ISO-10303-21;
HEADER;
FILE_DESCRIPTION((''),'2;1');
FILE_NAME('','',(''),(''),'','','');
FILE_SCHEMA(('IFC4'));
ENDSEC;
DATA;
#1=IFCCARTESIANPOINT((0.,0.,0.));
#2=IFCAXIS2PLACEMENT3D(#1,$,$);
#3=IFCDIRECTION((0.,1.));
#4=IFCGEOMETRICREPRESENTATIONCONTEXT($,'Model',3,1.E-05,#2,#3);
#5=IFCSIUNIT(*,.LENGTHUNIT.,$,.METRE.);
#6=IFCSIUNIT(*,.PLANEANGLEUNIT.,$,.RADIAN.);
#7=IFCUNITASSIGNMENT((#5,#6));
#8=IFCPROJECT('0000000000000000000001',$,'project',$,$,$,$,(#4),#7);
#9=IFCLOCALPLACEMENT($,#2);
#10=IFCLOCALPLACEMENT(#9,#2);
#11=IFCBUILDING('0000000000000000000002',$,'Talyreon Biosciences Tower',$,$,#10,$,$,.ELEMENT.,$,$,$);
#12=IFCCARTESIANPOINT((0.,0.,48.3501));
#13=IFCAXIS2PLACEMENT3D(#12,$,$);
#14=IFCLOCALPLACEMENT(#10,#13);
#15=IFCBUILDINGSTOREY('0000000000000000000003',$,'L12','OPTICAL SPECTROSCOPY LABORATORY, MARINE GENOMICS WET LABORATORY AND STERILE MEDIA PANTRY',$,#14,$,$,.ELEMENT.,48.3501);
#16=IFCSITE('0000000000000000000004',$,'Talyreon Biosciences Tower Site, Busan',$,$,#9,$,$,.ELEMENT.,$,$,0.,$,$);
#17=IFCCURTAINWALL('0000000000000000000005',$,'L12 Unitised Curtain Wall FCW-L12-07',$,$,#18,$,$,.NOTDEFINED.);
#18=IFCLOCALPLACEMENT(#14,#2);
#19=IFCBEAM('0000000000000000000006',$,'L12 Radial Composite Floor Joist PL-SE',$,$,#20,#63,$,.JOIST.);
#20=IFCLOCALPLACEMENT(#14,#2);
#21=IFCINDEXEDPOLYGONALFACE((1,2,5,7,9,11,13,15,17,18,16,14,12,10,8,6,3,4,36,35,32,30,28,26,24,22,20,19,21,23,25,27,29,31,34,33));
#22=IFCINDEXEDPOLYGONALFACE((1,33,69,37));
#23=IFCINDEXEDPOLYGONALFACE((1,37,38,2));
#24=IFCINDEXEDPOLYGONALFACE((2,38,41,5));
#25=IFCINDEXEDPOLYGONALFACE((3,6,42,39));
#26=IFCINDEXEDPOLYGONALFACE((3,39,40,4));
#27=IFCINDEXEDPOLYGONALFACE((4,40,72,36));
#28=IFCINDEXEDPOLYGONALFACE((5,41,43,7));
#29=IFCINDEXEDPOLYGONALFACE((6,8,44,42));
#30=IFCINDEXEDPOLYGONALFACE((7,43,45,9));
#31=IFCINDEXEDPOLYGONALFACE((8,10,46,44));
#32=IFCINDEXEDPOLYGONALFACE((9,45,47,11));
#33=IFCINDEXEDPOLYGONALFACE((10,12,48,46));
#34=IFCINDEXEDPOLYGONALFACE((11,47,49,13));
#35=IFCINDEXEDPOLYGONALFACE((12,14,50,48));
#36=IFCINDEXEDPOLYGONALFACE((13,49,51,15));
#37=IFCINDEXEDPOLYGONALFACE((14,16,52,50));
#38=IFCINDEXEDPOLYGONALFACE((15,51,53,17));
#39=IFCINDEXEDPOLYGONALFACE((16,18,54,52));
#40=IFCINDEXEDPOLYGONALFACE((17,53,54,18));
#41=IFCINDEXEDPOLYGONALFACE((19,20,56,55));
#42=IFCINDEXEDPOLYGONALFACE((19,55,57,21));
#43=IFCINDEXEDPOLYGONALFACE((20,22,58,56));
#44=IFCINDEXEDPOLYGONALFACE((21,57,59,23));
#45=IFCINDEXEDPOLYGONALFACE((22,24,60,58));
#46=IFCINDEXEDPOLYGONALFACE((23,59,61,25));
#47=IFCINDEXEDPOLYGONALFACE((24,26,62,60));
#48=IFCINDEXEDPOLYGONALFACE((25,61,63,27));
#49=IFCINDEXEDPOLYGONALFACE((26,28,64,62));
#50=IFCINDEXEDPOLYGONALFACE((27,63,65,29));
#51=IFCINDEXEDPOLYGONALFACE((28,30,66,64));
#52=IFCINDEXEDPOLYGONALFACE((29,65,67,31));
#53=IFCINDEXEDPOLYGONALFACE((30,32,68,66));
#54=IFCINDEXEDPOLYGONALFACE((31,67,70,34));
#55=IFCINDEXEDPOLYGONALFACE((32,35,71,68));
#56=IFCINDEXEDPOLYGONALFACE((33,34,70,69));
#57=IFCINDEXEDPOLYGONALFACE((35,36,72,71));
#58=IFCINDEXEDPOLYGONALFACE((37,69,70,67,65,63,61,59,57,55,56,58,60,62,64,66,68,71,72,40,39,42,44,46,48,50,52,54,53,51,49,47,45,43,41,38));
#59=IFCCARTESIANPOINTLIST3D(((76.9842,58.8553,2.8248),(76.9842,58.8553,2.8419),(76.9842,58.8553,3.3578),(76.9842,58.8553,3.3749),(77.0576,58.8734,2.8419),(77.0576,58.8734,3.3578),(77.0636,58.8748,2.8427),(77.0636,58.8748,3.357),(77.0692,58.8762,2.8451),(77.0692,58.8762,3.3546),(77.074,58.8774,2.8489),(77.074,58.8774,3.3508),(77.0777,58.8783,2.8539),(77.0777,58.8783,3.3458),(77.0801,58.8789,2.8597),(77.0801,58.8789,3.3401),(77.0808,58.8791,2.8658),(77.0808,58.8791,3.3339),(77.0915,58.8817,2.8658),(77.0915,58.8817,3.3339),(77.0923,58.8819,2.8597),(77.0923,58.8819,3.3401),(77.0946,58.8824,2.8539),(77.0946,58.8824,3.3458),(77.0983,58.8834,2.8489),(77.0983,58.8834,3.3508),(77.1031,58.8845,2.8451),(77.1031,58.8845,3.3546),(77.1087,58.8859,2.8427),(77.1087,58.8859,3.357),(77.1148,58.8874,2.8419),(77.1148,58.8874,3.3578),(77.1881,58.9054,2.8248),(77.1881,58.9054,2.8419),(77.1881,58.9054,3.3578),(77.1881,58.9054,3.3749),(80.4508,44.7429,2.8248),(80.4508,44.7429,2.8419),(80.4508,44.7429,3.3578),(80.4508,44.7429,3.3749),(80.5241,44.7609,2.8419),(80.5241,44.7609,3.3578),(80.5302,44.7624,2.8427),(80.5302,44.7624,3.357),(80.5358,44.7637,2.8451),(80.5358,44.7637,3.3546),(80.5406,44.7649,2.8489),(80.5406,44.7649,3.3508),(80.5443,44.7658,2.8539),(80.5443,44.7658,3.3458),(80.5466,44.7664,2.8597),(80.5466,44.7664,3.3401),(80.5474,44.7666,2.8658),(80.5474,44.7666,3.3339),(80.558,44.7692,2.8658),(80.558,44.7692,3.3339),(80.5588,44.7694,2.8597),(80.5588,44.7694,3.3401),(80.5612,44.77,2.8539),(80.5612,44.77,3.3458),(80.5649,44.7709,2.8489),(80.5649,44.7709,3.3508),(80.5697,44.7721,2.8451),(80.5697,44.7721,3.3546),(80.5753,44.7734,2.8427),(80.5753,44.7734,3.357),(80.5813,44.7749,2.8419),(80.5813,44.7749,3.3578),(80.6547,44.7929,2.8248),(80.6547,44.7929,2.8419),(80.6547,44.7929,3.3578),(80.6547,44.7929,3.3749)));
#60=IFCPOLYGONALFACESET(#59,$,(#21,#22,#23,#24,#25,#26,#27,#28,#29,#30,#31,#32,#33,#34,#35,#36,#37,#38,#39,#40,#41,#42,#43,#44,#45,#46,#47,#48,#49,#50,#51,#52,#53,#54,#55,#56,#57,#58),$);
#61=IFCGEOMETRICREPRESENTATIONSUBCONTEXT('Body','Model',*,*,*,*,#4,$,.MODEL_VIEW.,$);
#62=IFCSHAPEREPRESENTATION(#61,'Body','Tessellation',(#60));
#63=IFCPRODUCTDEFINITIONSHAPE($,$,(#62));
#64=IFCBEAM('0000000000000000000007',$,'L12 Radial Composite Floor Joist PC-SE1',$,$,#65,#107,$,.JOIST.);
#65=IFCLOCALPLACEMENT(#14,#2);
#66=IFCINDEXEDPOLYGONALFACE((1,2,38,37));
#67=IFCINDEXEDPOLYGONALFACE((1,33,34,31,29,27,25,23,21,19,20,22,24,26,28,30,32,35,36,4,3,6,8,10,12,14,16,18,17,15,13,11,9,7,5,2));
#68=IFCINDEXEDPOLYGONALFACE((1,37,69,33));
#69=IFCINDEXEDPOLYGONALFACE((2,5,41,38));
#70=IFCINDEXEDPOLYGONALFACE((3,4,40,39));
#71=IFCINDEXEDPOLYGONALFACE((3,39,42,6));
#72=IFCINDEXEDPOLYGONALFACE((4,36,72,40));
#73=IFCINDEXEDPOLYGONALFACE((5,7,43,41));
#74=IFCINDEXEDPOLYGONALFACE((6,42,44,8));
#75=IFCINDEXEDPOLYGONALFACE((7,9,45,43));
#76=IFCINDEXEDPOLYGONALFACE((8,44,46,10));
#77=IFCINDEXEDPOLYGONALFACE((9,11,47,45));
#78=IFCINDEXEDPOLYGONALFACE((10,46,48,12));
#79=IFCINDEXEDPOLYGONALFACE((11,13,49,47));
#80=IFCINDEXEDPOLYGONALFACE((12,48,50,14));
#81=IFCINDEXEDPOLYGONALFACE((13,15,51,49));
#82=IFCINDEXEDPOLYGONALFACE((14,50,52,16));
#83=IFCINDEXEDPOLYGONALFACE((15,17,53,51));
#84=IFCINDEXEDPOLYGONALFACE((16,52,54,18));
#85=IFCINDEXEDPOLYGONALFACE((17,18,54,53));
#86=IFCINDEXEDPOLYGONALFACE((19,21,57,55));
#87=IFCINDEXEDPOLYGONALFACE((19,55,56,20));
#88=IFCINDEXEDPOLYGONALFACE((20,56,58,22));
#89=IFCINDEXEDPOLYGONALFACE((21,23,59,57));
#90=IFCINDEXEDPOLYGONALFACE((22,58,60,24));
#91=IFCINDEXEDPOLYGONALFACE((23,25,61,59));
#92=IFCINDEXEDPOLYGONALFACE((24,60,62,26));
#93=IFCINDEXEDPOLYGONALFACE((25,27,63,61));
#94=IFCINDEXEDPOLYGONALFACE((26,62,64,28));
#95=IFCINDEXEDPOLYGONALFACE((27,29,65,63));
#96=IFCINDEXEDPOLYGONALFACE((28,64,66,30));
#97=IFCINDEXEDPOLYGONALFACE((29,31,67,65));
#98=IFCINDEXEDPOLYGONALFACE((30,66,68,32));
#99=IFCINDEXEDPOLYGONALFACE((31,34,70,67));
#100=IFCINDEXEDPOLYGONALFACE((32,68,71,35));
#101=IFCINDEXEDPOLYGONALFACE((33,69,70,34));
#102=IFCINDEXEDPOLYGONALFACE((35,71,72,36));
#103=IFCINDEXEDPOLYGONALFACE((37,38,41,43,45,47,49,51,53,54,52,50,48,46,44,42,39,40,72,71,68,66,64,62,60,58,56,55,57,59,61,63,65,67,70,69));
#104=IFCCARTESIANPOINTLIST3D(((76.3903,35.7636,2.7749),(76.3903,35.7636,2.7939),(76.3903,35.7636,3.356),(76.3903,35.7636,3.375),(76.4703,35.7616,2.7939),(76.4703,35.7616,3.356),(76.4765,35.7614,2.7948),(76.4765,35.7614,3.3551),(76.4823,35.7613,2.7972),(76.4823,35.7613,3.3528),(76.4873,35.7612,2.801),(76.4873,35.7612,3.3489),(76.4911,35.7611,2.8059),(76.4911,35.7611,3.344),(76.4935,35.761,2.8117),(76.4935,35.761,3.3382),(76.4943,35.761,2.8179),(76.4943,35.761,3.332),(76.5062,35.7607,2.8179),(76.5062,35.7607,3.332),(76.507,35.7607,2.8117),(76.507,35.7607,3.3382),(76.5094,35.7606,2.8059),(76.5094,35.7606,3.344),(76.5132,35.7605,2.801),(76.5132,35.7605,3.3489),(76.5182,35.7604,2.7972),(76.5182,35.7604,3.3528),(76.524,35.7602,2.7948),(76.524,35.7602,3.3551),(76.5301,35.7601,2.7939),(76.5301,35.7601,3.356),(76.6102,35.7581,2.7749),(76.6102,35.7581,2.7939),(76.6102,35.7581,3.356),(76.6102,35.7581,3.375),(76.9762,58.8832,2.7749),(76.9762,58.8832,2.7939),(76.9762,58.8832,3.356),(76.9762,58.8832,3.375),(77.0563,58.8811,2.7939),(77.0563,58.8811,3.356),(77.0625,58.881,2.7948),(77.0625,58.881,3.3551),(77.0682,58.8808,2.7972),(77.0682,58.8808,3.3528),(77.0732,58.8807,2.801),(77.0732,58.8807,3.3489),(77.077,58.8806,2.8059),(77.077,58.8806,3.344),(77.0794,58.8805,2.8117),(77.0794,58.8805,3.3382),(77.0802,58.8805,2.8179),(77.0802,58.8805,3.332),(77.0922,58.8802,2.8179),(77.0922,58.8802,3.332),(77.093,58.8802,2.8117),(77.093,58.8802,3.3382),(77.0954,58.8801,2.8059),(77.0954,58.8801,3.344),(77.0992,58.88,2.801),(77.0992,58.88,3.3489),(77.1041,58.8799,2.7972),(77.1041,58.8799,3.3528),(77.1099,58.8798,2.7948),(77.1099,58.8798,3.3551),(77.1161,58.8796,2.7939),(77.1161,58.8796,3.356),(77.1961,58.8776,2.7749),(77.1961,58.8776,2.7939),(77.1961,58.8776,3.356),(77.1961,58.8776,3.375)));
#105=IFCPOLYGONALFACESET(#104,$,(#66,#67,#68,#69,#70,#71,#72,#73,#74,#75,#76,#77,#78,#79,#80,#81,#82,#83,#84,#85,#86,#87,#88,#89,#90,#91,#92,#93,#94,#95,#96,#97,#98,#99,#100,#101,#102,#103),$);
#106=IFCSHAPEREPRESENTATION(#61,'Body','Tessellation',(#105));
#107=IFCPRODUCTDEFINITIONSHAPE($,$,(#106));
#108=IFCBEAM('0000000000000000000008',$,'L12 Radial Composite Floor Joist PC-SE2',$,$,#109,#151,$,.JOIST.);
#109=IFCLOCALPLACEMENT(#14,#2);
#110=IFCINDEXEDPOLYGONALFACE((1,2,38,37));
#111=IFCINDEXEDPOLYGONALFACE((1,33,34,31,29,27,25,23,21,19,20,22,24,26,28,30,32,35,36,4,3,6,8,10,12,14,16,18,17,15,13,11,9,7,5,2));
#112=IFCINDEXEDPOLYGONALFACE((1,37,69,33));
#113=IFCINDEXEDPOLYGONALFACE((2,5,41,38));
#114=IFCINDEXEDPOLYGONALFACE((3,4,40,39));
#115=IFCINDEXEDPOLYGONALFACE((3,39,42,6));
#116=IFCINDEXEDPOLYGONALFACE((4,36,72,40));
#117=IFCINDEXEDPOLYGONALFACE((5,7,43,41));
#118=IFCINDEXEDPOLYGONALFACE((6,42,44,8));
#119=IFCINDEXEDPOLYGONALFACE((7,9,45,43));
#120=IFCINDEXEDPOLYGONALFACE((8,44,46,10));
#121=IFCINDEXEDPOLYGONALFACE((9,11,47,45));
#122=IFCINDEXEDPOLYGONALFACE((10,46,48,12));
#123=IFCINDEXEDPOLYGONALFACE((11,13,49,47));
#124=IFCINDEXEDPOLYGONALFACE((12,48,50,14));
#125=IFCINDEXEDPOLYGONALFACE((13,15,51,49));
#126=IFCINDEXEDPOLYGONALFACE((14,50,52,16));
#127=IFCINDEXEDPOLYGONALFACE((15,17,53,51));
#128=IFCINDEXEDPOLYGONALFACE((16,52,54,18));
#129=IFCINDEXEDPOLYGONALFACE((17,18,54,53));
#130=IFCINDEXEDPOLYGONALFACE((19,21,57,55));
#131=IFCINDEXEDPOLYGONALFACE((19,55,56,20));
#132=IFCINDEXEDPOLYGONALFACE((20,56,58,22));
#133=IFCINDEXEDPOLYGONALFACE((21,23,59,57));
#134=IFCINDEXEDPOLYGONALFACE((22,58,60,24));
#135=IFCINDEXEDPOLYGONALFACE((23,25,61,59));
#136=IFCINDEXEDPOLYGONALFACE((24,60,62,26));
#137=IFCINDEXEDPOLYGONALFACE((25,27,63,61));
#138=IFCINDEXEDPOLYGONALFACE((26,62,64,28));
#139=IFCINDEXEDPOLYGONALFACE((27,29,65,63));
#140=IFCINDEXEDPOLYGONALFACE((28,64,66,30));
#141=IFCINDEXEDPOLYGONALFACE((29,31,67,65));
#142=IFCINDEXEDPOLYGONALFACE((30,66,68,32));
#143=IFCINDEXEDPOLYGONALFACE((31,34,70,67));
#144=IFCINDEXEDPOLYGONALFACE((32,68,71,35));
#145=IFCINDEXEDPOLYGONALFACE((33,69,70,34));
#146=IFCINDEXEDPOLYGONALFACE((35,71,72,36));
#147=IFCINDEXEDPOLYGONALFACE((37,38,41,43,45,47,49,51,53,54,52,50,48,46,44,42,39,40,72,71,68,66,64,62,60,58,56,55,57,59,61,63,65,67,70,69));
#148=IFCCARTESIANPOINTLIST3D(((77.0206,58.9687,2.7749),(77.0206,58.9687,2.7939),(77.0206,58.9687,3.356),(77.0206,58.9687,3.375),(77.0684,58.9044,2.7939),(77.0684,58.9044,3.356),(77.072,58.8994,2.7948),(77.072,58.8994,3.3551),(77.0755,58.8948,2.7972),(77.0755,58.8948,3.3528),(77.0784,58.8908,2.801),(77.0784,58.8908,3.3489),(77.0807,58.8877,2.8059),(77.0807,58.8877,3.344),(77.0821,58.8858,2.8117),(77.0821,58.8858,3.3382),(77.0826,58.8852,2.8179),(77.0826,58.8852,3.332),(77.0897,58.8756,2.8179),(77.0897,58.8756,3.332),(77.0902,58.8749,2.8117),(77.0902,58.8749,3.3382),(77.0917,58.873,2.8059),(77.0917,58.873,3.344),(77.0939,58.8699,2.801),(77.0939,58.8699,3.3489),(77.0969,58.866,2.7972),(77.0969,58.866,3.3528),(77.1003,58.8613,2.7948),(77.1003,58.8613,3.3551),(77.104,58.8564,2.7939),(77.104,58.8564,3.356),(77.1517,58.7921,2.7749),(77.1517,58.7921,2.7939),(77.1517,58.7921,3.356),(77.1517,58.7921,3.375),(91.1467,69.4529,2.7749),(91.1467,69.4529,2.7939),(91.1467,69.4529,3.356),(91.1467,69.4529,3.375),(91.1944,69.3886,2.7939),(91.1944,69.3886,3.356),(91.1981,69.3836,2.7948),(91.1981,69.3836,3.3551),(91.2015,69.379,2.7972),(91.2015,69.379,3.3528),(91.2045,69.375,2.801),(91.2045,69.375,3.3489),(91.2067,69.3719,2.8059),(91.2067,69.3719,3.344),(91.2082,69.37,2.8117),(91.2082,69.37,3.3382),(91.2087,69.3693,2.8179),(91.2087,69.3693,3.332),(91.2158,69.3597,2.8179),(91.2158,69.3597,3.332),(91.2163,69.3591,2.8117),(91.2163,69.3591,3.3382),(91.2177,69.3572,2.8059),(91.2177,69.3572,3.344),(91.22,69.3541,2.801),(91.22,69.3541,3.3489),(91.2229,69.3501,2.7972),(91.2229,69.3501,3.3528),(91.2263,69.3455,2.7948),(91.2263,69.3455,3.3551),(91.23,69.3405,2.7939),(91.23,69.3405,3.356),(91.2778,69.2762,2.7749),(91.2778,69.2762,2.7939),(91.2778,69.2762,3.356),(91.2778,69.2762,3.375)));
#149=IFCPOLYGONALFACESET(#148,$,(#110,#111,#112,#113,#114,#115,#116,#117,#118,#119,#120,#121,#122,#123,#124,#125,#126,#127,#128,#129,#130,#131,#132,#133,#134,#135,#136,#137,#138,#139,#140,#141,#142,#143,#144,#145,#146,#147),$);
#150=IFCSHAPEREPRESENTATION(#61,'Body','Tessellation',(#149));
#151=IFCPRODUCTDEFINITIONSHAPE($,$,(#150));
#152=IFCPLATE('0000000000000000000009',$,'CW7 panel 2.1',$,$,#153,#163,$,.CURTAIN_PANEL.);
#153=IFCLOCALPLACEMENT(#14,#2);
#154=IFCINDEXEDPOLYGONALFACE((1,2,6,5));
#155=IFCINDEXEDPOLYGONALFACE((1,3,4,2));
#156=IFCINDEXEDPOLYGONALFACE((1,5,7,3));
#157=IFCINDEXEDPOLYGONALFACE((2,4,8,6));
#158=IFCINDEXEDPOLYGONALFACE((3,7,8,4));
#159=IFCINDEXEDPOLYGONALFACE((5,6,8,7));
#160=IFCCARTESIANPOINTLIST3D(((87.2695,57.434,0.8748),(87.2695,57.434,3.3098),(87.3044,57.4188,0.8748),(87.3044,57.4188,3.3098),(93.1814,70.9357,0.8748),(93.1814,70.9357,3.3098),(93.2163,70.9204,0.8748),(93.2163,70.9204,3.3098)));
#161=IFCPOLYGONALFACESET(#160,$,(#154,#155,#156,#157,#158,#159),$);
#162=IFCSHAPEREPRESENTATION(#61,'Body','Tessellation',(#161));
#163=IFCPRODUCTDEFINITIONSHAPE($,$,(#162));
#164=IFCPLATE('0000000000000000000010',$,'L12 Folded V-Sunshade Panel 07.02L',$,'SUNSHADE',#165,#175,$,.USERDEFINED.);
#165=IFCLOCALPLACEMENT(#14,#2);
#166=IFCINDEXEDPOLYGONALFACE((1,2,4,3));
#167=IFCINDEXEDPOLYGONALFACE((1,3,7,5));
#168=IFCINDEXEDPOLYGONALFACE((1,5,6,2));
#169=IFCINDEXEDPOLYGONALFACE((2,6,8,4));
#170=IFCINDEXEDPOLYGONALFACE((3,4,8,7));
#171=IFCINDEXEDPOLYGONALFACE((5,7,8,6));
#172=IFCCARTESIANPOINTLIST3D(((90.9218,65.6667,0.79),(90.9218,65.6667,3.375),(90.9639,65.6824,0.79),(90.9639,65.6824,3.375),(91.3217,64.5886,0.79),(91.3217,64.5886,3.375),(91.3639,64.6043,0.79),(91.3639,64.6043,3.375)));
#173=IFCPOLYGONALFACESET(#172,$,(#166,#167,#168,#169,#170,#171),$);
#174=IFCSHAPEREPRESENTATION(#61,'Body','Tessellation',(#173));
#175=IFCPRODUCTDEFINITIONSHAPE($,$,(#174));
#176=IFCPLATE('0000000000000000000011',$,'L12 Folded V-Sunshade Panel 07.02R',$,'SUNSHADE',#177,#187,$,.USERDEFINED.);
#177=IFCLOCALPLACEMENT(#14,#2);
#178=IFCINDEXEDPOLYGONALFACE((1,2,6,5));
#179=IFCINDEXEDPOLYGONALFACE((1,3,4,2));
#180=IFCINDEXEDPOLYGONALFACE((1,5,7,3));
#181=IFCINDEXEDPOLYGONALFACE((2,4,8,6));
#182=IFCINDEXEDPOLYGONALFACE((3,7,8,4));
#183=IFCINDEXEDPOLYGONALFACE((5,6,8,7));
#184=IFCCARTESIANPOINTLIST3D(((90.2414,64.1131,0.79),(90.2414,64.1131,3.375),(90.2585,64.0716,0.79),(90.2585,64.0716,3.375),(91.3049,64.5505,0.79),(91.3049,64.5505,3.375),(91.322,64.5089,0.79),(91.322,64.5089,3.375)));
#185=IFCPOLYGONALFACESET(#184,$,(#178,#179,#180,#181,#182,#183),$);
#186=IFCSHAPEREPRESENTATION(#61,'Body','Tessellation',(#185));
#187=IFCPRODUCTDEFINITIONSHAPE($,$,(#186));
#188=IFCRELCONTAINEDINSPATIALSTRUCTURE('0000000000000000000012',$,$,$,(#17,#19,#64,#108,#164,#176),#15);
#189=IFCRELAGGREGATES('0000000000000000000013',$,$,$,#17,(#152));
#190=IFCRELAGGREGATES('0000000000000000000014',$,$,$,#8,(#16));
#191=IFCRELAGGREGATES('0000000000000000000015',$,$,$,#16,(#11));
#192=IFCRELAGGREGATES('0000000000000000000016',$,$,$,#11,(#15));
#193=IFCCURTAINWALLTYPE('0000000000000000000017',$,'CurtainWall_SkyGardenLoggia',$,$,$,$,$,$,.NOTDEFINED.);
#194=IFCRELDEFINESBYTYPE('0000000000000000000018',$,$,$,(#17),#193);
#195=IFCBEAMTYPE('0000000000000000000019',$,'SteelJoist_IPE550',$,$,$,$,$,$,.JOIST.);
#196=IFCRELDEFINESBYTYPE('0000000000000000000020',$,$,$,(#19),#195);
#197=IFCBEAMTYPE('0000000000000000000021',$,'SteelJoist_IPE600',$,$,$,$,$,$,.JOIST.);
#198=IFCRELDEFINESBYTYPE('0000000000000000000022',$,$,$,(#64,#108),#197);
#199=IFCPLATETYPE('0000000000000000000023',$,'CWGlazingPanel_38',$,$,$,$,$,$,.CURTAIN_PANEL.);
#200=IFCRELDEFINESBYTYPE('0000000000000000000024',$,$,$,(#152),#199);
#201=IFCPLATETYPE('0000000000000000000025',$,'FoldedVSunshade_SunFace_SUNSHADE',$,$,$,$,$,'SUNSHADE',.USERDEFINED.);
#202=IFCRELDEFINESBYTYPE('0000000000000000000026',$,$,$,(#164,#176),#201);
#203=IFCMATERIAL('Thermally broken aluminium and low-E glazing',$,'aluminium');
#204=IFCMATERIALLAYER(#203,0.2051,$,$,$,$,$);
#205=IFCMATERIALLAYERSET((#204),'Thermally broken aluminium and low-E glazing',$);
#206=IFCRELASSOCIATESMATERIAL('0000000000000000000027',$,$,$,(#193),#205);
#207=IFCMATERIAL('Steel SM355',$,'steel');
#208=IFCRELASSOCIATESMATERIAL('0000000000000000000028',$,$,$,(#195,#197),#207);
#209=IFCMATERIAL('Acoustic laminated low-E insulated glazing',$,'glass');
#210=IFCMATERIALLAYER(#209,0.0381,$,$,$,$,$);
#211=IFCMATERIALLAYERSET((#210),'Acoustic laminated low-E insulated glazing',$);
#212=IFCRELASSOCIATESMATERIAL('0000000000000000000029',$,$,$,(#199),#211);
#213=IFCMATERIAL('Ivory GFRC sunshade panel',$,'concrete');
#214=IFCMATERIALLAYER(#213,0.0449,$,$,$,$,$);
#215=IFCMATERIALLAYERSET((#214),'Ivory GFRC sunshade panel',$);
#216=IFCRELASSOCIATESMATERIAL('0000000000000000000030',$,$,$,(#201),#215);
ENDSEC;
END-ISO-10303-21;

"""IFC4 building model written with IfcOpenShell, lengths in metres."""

from ifc_helpers import new_model, si_unit, direction, frame, origin, origin_2d, place, context, subcontext, project, spatial, rectangle, i_section, extrude, material, layer, layer_set, material_profile, profile_set, type_object, element, aggregate, save


model = new_model("IFC4")

# Units and contexts
model_context = context("Model", 3, precision=1e-05, world=origin(), true_north=direction((0.0, 1.0)))
body_context = subcontext(model_context, "Body", "Model", "MODEL_VIEW")
ifc_project = project(units=[si_unit("LENGTHUNIT", "METRE"), si_unit("PLANEANGLEUNIT", "RADIAN")], contexts=[model_context])

# Site, building, storey
site_placement = place(None, origin())
site = spatial("IfcSite", under=ifc_project, at=site_placement, Name="Talyreon Biosciences Tower Site, Busan", CompositionType="ELEMENT", RefElevation=0.0)
building_placement = place(site_placement, origin())
building = spatial("IfcBuilding", under=site, at=building_placement, Name="Talyreon Biosciences Tower", CompositionType="ELEMENT")
storey_placement = place(building_placement, frame((0.0, 0.0, 48.3501)))
storey = spatial("IfcBuildingStorey", under=building, at=storey_placement, Name="L12", Description="OPTICAL SPECTROSCOPY LABORATORY, MARINE GENOMICS WET LABORATORY AND STERILE MEDIA PANTRY", CompositionType="ELEMENT", Elevation=48.3501)

# Curtain wall
ifc_material_1 = material(Name="Thermally broken aluminium and low-E glazing", Category="aluminium")
ifc_layer_1 = layer(ifc_material_1, 0.2051)
ifc_layer_set_1 = layer_set([ifc_layer_1], Name="Thermally broken aluminium and low-E glazing")
curtain_wall_type = type_object("IfcCurtainWallType", Name="CurtainWall_SkyGardenLoggia", PredefinedType="NOTDEFINED", material=ifc_layer_set_1)
curtain_wall_placement = place(storey_placement, origin())
curtain_wall = element("IfcCurtainWall", 1, at=curtain_wall_placement, inside=storey, type_object=curtain_wall_type, Name="L12 Unitised Curtain Wall FCW-L12-07", PredefinedType="NOTDEFINED")

# Beams
ifc_material_2 = material(Name="Steel SM355", Category="steel")
ifc_material_profile_1 = material_profile(ifc_material_2, i_section(OverallWidth=0.21, OverallDepth=0.55, WebThickness=0.011, FlangeThickness=0.0171, FilletRadius=0.0239, at=origin_2d()), Name="IPE550")
ifc_profile_set_1 = profile_set([ifc_material_profile_1], Name="Steel SM355")
beam_type_1 = type_object("IfcBeamType", Name="SteelJoist_IPE550", PredefinedType="JOIST", material=ifc_profile_set_1)
beam_1_placement = place(storey_placement, frame((77.0862, 58.8804, 3.0999), z_axis=(0.238545, -0.971131, 0.0), x_axis=(0.971131, 0.238545, 0.0)))
element("IfcBeam", 2, at=beam_1_placement, inside=storey, type_object=beam_type_1, Name="L12 Radial Composite Floor Joist PL-SE", PredefinedType="JOIST", context=body_context, shape_type="SweptSolid", body=[
    extrude(i_section(OverallWidth=0.21, OverallDepth=0.55, WebThickness=0.011, FlangeThickness=0.0171, FilletRadius=0.0239, at=origin_2d()), origin(), (0.0, 0.0, 1.0), 14.532),
])
ifc_material_profile_2 = material_profile(ifc_material_2, i_section(OverallWidth=0.22, OverallDepth=0.6001, WebThickness=0.012, FlangeThickness=0.019, FilletRadius=0.0239, at=origin_2d()), Name="IPE600")
ifc_profile_set_2 = profile_set([ifc_material_profile_2], Name="Steel SM355")
beam_type_2 = type_object("IfcBeamType", Name="SteelJoist_IPE600", PredefinedType="JOIST", material=ifc_profile_set_2)
beam_2_placement = place(storey_placement, frame((77.0862, 58.8804, 3.075), z_axis=(-0.025336, -0.999679, 0.0), x_axis=(0.999679, -0.025336, 0.0)))
element("IfcBeam", 3, at=beam_2_placement, inside=storey, type_object=beam_type_2, Name="L12 Radial Composite Floor Joist PC-SE1", PredefinedType="JOIST", context=body_context, shape_type="SweptSolid", body=[
    extrude(i_section(OverallWidth=0.22, OverallDepth=0.6001, WebThickness=0.012, FlangeThickness=0.019, FilletRadius=0.0239, at=origin_2d()), origin(), (0.0, 0.0, 1.0), 23.127),
])
beam_3_placement = place(storey_placement, frame((77.0862, 58.8804, 3.075), z_axis=(0.803001, 0.595978, 0.0), x_axis=(-0.595978, 0.803001, 0.0)))
element("IfcBeam", 4, at=beam_3_placement, inside=storey, type_object=beam_type_2, Name="L12 Radial Composite Floor Joist PC-SE2", PredefinedType="JOIST", context=body_context, shape_type="SweptSolid", body=[
    extrude(i_section(OverallWidth=0.22, OverallDepth=0.6001, WebThickness=0.012, FlangeThickness=0.019, FilletRadius=0.0239, at=origin_2d()), origin(), (0.0, 0.0, 1.0), 17.5916),
])

# Plate
ifc_material_3 = material(Name="Acoustic laminated low-E insulated glazing", Category="glass")
ifc_layer_2 = layer(ifc_material_3, 0.0381)
ifc_layer_set_2 = layer_set([ifc_layer_2], Name="Acoustic laminated low-E insulated glazing")
plate_type_1 = type_object("IfcPlateType", Name="CWGlazingPanel_38", PredefinedType="CURTAIN_PANEL", material=ifc_layer_set_2)
plate_placement = place(storey_placement, frame((90.2429, 64.1772, 0.8748), z_axis=(0.0, 0.0, 1.0), x_axis=(-0.401098, -0.916035, 0.0)))
plate = element("IfcPlate", 5, at=plate_placement, type_object=plate_type_1, Name="CW7 panel 2.1", PredefinedType="CURTAIN_PANEL", context=body_context, shape_type="SweptSolid", body=[
    extrude(rectangle(XDim=14.7393, YDim=0.0381, at=origin_2d()), origin(), (0.0, 0.0, 1.0), 2.4351),
])
aggregate(curtain_wall, [plate])

# Plates
ifc_material_4 = material(Name="Ivory GFRC sunshade panel", Category="concrete")
ifc_layer_3 = layer(ifc_material_4, 0.0449)
ifc_layer_set_3 = layer_set([ifc_layer_3], Name="Ivory GFRC sunshade panel")
plate_type_2 = type_object("IfcPlateType", Name="FoldedVSunshade_SunFace_SUNSHADE", ElementType="SUNSHADE", PredefinedType="USERDEFINED", material=ifc_layer_set_3)
for number, where, z_axis, x_axis, name in (
    (6, (91.1428, 65.1355, 0.79), (0.0, 0.0, 1.0), (0.347803, -0.937568, 0.0), "L12 Folded V-Sunshade Panel 07.02L"),
    (7, (90.7817, 64.311, 0.79), (0.0, 0.0, 1.0), (-0.924858, -0.380312, 0.0), "L12 Folded V-Sunshade Panel 07.02R"),
):
    element("IfcPlate", number, at=place(storey_placement, frame(where, z_axis=z_axis, x_axis=x_axis)), inside=storey, type_object=plate_type_2, Name=name, ObjectType="SUNSHADE", PredefinedType="USERDEFINED", context=body_context, shape_type="SweptSolid", body=[
        extrude(rectangle(XDim=1.1499, YDim=0.0449, at=origin_2d()), origin(), (0.0, 0.0, 1.0), 2.585),
    ])

save(model, "model.ifc")
